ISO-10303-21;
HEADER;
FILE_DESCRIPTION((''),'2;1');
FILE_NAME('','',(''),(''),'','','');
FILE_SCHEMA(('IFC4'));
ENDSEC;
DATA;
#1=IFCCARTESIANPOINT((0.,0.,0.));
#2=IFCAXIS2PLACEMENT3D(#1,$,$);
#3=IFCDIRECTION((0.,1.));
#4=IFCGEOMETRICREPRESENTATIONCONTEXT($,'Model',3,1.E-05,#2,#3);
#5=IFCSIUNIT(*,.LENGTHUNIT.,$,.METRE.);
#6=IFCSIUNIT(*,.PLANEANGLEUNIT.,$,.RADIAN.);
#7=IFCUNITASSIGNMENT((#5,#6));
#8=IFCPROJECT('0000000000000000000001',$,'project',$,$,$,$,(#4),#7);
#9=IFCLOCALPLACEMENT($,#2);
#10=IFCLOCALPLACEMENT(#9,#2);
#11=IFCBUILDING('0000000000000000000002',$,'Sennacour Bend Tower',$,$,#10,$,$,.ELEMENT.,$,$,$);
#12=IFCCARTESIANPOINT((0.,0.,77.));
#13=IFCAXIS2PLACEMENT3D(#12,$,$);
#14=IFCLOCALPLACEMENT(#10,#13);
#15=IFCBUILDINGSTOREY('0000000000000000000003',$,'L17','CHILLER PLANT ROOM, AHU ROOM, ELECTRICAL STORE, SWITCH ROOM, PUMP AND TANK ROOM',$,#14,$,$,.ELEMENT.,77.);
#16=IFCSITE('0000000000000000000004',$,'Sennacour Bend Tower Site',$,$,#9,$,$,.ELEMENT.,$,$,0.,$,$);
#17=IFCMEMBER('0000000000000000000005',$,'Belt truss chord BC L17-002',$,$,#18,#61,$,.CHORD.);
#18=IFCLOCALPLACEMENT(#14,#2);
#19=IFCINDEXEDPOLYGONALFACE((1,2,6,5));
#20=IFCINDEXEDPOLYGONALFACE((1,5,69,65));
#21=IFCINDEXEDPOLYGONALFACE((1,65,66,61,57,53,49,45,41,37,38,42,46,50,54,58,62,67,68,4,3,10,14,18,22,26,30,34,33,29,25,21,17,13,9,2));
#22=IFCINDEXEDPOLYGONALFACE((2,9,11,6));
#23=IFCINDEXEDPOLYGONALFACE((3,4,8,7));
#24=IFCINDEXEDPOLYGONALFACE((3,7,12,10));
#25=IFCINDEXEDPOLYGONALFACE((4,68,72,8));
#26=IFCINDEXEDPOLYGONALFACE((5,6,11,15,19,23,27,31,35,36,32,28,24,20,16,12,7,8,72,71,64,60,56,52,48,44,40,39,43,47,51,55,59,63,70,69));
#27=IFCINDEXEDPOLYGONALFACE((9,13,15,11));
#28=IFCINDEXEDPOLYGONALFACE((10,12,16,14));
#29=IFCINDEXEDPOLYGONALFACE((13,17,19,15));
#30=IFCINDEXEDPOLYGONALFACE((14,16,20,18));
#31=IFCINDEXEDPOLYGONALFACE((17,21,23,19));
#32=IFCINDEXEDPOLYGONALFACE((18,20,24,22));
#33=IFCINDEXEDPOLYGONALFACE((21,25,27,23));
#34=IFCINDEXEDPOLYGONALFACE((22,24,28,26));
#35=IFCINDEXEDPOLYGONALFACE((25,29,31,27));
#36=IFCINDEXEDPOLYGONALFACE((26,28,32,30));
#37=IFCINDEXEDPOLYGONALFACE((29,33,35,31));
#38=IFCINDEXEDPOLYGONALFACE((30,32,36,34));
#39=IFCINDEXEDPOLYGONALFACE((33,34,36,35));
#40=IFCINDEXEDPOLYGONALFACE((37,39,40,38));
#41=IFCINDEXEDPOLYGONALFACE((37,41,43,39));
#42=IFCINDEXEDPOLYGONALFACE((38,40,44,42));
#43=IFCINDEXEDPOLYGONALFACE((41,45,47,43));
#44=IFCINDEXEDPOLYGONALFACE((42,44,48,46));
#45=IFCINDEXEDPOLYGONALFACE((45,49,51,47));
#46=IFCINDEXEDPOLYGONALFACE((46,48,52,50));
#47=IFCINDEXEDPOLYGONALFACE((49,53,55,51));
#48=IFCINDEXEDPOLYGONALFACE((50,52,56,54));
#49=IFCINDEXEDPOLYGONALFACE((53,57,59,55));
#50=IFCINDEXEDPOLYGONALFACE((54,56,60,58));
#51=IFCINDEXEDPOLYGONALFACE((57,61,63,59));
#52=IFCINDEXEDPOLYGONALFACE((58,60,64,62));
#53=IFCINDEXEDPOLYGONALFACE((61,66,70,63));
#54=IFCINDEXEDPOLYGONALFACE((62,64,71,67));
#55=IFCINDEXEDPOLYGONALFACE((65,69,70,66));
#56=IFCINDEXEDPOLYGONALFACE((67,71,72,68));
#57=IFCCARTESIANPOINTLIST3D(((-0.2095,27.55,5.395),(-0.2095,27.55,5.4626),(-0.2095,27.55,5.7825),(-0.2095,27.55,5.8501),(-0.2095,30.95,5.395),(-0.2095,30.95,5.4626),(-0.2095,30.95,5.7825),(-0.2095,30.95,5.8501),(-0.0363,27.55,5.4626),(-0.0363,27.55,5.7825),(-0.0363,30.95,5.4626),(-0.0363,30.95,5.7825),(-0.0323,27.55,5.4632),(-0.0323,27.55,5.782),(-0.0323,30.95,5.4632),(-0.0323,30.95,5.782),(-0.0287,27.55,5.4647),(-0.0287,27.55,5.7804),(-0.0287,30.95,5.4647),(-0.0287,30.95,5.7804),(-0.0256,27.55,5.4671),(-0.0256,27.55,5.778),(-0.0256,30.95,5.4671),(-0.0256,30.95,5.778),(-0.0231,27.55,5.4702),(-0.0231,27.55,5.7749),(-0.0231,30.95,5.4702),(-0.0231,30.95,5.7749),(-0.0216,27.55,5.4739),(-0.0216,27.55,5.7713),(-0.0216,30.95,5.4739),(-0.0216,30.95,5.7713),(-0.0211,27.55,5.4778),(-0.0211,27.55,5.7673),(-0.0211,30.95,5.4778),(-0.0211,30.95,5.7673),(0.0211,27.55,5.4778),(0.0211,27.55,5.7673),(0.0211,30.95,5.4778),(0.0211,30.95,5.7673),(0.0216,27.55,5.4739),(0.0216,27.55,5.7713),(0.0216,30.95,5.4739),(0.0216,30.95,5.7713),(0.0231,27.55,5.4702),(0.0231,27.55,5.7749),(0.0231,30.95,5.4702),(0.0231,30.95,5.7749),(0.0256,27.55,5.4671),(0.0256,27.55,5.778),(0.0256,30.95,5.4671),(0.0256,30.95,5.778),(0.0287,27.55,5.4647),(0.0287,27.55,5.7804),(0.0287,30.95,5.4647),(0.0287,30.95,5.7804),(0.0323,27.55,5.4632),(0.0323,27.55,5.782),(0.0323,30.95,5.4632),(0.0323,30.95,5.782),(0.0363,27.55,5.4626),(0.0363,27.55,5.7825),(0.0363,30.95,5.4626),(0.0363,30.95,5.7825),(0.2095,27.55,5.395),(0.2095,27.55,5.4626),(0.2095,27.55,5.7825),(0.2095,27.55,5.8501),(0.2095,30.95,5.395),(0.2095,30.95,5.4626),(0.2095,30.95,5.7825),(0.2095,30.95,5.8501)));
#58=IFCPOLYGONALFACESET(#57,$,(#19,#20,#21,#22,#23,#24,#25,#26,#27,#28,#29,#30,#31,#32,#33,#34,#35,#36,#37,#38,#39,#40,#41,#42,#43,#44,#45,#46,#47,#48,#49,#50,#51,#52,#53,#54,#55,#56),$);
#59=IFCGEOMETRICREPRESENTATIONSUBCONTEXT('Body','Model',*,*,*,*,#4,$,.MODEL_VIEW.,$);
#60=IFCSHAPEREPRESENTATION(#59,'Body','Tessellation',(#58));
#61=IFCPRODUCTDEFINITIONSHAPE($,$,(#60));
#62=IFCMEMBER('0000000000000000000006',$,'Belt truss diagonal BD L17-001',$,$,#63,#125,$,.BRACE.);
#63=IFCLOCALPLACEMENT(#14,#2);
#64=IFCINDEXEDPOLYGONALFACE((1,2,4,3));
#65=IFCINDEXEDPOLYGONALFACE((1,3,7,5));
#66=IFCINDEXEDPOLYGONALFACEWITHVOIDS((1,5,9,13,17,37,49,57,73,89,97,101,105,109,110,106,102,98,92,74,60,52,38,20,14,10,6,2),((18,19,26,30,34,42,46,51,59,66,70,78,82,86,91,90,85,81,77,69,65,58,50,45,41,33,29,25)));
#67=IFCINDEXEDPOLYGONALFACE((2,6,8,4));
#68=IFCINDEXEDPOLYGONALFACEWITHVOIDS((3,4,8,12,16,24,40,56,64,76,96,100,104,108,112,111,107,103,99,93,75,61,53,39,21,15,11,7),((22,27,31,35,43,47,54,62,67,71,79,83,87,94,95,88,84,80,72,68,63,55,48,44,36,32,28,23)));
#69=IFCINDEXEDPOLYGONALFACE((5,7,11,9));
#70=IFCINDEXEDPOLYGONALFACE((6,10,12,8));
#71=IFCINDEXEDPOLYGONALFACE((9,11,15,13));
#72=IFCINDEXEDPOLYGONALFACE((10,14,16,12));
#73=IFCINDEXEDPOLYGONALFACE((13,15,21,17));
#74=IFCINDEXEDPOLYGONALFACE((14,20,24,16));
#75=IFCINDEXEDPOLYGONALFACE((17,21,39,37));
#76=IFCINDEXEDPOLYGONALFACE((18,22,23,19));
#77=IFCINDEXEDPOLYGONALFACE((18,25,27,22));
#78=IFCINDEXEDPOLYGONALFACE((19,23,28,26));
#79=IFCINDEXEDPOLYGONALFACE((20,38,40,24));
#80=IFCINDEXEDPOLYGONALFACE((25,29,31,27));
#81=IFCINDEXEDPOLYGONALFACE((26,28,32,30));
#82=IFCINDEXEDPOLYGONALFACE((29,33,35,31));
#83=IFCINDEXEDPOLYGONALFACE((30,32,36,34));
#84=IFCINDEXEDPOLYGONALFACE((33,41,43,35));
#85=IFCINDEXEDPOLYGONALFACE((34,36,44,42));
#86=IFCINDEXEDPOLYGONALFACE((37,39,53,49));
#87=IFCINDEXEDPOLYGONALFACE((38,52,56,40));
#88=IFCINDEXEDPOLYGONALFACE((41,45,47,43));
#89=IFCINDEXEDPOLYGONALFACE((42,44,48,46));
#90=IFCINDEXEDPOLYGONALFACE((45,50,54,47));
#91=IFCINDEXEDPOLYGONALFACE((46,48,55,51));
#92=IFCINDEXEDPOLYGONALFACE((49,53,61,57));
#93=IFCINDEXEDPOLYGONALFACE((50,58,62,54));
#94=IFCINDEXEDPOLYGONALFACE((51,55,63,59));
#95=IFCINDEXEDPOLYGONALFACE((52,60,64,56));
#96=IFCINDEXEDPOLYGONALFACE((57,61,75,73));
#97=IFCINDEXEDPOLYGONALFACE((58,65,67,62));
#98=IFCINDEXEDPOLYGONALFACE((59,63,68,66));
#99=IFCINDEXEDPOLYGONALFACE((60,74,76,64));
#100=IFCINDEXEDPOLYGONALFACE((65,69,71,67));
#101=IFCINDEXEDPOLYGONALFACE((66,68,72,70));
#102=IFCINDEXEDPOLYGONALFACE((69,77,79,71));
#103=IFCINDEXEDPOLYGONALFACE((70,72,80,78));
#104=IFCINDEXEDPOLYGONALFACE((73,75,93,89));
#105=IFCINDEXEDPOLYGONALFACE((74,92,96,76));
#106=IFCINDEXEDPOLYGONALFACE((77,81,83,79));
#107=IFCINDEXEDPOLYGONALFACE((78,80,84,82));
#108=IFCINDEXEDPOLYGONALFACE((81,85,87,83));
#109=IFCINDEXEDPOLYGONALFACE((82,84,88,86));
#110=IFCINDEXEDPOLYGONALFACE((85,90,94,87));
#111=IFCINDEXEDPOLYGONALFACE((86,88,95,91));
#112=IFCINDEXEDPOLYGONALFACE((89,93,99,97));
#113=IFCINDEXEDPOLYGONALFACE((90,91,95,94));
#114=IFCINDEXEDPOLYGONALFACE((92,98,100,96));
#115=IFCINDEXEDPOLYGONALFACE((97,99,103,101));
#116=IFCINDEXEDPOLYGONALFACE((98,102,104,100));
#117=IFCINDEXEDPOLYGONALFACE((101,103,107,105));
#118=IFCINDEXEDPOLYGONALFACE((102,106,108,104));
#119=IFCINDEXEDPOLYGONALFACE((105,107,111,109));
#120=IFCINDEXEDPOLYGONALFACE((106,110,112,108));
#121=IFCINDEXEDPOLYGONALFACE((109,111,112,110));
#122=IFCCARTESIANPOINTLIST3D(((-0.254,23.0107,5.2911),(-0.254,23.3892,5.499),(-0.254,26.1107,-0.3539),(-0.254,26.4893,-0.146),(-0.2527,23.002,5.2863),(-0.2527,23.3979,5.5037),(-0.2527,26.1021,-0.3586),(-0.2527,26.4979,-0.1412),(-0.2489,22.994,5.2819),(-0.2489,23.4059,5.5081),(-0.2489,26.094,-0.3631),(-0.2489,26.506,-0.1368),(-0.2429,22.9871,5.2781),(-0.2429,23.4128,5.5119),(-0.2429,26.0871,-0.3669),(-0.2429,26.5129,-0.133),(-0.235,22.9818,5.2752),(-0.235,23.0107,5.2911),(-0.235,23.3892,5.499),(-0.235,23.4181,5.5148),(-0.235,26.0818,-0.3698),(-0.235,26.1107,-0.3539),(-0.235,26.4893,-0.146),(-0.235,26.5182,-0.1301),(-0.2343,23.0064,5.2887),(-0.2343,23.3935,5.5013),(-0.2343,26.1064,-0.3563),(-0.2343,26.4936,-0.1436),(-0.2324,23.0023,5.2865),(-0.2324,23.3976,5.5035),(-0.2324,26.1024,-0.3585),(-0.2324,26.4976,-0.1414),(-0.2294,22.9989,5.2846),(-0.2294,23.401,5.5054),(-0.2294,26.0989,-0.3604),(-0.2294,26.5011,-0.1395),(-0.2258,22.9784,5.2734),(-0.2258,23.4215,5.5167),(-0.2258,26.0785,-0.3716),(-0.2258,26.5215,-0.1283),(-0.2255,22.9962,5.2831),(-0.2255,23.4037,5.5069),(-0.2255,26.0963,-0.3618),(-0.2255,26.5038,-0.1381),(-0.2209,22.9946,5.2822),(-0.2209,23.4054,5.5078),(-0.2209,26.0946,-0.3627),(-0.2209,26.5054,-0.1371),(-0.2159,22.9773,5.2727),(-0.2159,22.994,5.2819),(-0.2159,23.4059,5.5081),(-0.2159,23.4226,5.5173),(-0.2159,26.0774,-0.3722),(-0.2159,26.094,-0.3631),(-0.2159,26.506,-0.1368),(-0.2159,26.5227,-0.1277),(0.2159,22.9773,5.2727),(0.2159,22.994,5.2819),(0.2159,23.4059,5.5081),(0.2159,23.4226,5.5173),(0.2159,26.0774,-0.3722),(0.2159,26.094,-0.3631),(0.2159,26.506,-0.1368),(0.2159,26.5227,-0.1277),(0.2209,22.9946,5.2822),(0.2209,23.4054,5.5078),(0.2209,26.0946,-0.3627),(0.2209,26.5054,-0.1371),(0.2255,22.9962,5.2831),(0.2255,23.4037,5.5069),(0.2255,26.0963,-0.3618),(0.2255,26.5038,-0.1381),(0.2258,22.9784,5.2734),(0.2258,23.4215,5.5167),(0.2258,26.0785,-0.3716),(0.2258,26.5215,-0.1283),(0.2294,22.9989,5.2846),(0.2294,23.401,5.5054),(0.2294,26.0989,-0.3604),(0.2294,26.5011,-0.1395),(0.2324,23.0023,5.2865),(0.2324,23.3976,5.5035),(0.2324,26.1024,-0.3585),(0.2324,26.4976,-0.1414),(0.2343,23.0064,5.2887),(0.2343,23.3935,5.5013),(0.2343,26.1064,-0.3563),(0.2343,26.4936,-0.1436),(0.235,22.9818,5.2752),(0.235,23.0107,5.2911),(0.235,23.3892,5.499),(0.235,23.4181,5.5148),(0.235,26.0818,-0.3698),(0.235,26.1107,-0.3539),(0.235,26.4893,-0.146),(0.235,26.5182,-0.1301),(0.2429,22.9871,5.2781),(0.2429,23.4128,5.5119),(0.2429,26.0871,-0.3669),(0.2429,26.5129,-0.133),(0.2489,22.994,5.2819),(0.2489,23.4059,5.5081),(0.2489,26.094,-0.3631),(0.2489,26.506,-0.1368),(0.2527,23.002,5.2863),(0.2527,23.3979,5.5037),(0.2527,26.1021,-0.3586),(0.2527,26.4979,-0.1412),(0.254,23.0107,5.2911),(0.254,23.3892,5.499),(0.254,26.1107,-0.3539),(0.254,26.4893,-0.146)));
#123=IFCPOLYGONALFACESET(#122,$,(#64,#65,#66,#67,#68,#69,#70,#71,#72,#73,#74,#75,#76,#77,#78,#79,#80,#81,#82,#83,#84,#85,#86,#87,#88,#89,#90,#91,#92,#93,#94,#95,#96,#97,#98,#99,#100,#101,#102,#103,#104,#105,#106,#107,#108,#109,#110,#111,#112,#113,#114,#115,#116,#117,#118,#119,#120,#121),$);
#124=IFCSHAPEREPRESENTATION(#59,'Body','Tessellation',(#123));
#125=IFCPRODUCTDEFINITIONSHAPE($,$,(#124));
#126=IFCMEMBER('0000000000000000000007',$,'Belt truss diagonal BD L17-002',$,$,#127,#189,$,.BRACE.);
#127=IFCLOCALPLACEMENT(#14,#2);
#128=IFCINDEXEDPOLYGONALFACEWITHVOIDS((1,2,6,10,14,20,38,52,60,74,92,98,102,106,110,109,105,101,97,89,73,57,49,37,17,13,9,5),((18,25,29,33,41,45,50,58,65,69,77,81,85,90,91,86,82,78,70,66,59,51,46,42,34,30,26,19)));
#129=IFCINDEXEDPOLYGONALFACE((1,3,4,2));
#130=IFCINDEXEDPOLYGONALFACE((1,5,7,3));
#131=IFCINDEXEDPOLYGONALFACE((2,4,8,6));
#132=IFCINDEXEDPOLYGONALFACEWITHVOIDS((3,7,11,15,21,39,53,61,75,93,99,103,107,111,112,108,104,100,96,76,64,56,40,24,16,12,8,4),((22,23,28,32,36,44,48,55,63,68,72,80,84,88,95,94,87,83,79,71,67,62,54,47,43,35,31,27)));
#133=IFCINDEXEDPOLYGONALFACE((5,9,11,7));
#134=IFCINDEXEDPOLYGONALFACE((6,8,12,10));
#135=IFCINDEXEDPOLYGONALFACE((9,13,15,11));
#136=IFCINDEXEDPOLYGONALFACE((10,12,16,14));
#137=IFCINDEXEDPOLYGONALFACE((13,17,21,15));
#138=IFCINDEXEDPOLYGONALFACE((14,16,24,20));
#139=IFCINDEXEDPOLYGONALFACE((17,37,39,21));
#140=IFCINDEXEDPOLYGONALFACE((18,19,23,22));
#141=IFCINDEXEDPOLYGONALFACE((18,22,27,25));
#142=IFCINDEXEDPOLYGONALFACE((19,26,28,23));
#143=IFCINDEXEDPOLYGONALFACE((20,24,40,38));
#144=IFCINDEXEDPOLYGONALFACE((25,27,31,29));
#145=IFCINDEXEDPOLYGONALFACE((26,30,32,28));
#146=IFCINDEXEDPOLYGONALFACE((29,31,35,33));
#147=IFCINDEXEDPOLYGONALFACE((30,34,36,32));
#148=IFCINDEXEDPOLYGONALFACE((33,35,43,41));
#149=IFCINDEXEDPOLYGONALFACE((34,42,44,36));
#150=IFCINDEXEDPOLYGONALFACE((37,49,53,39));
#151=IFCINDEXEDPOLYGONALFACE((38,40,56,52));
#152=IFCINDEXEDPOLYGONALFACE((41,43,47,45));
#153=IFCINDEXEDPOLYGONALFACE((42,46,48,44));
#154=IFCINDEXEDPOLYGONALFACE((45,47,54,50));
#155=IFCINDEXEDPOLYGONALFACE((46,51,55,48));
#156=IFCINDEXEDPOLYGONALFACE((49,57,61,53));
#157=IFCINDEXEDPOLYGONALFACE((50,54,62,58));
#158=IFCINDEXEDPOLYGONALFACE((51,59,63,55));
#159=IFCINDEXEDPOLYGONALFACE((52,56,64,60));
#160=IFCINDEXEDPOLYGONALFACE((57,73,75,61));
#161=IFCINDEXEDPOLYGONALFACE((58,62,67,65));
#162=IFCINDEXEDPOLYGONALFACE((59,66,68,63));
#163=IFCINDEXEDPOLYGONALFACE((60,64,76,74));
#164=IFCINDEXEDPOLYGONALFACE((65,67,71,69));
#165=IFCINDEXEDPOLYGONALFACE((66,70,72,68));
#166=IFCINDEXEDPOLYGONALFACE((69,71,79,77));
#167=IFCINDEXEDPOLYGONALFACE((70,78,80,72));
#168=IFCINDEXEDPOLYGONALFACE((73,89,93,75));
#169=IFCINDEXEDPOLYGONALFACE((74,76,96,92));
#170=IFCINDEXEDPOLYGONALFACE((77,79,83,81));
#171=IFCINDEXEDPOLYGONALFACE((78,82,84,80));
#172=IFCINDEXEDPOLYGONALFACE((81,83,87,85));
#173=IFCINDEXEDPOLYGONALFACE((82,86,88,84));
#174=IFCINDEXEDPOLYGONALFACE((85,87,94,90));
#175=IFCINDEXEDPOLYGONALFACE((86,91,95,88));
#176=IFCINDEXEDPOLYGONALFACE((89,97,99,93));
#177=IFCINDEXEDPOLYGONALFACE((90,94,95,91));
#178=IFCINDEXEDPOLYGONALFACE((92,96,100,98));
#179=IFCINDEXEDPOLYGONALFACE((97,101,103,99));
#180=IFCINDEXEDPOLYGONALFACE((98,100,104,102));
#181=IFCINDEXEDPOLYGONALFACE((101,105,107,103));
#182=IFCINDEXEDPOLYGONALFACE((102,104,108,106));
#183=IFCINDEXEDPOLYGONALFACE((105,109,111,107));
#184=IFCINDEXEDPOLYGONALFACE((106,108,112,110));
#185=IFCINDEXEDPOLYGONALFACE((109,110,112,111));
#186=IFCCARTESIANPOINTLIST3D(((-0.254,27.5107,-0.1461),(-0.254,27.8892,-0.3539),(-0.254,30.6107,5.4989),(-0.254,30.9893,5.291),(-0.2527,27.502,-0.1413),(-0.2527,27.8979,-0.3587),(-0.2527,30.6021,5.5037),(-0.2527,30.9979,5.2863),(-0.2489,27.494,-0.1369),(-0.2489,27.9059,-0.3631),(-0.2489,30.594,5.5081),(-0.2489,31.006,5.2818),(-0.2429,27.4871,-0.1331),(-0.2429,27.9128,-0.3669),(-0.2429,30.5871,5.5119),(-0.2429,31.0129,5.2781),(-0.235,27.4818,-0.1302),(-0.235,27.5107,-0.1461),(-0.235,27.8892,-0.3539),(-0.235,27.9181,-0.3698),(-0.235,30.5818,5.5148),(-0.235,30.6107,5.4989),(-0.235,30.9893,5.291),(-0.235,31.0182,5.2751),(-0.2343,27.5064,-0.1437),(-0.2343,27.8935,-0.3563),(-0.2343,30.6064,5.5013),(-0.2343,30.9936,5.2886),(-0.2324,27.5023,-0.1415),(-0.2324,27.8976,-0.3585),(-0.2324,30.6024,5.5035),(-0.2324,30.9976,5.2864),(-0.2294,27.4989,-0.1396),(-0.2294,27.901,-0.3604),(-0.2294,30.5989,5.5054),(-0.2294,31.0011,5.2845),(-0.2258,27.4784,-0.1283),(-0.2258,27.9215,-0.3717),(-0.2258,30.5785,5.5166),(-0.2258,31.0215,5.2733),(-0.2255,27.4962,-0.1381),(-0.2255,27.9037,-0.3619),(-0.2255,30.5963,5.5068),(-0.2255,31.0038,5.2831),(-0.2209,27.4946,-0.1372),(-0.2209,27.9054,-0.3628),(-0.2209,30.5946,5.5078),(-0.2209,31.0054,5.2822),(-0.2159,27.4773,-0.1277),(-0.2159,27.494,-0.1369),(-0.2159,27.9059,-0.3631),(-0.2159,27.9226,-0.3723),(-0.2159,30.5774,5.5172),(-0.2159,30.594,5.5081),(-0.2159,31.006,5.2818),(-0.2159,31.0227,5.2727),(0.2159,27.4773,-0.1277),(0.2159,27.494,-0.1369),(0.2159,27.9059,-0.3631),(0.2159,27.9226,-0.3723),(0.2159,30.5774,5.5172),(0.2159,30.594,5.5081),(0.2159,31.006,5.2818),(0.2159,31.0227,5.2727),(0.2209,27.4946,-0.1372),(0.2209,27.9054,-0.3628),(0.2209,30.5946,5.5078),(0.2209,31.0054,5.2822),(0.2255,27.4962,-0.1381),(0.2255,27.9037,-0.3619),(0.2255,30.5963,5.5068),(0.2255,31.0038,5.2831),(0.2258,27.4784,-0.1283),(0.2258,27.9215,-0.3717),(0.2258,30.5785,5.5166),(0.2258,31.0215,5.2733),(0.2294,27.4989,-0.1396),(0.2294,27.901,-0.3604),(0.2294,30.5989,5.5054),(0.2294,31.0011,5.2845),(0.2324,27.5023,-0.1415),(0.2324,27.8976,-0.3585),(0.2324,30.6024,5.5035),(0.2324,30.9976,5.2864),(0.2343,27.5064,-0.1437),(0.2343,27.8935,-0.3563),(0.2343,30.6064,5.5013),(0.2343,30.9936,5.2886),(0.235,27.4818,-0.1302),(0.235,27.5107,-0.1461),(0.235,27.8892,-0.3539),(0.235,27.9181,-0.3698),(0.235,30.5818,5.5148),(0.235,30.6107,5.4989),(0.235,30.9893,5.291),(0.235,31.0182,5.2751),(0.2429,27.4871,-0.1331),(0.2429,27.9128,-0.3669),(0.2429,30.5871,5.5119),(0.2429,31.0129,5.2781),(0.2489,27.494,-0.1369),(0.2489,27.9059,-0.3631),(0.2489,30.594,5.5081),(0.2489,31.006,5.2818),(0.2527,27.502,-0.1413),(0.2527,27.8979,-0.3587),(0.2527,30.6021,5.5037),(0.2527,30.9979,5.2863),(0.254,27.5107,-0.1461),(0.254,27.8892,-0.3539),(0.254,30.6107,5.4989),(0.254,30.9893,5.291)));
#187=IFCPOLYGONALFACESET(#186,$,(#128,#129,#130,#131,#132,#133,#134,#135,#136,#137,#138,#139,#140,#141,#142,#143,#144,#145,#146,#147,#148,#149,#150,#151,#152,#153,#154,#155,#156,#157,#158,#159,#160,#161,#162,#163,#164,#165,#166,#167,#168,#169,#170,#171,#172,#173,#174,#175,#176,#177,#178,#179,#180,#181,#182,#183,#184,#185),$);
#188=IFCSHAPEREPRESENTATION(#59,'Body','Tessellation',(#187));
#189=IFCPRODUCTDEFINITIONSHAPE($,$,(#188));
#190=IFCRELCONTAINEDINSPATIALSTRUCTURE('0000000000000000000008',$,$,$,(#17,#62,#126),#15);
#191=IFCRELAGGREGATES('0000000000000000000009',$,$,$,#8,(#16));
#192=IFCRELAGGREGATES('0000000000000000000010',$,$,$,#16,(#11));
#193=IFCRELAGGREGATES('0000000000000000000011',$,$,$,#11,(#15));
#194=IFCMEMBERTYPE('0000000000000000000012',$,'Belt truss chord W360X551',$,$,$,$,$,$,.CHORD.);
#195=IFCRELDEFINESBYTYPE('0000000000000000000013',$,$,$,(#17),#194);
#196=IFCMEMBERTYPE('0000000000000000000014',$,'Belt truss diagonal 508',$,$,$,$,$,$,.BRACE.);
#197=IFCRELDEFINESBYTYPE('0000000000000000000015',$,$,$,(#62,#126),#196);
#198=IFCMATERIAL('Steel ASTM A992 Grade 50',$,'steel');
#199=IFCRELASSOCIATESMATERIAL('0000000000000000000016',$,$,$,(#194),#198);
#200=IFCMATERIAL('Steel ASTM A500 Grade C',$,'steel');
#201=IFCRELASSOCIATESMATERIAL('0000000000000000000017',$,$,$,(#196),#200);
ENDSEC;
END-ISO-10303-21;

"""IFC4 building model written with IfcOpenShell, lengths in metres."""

from ifc_helpers import new_model, si_unit, direction, frame, origin, origin_2d, place, context, subcontext, project, spatial, hollow_rectangle, i_section, extrude, material, material_profile, profile_set, type_object, element, save


model = new_model("IFC4")

# Units and contexts
model_context = context("Model", 3, precision=1e-05, world=origin(), true_north=direction((0.0, 1.0)))
body_context = subcontext(model_context, "Body", "Model", "MODEL_VIEW")
ifc_project = project(units=[si_unit("LENGTHUNIT", "METRE"), si_unit("PLANEANGLEUNIT", "RADIAN")], contexts=[model_context])

# Site, building, storey
site_placement = place(None, origin())
site = spatial("IfcSite", under=ifc_project, at=site_placement, Name="Sennacour Bend Tower Site", CompositionType="ELEMENT", RefElevation=0.0)
building_placement = place(site_placement, origin())
building = spatial("IfcBuilding", under=site, at=building_placement, Name="Sennacour Bend Tower", CompositionType="ELEMENT")
storey_placement = place(building_placement, frame((0.0, 0.0, 77.0)))
storey = spatial("IfcBuildingStorey", under=building, at=storey_placement, Name="L17", Description="CHILLER PLANT ROOM, AHU ROOM, ELECTRICAL STORE, SWITCH ROOM, PUMP AND TANK ROOM", CompositionType="ELEMENT", Elevation=77.0)

# Members
ifc_material_1 = material(Name="Steel ASTM A992 Grade 50", Category="steel")
ifc_material_profile_1 = material_profile(ifc_material_1, i_section(OverallWidth=0.4189, OverallDepth=0.4551, WebThickness=0.0422, FlangeThickness=0.0676, FilletRadius=0.0151, at=origin_2d()), Name="Steel ASTM A992 Grade 50", Category="steel")
ifc_profile_set_1 = profile_set([ifc_material_profile_1], Name="Steel ASTM A992 Grade 50")
member_type_1 = type_object("IfcMemberType", Name="Belt truss chord W360X551", PredefinedType="CHORD", material=ifc_profile_set_1)
for number, where, z_axis, x_axis, name in (
    (1, (0.0, 27.55, 5.6226), (0.0, 1.0, 0.0), (-1.0, 0.0, 0.0), "Belt truss chord BC L17-002"),
):
    element("IfcMember", number, at=place(storey_placement, frame(where, z_axis=z_axis, x_axis=x_axis)), inside=storey, type_object=member_type_1, Name=name, PredefinedType="CHORD", context=body_context, shape_type="SweptSolid", body=[
        extrude(i_section(OverallWidth=0.4189, OverallDepth=0.4551, WebThickness=0.0422, FlangeThickness=0.0676, FilletRadius=0.0151, at=origin_2d()), origin(), (0.0, 0.0, 1.0), 3.3999),
    ])
ifc_material_2 = material(Name="Steel ASTM A500 Grade C", Category="steel")
ifc_material_profile_2 = material_profile(ifc_material_2, hollow_rectangle(XDim=0.5081, YDim=0.5081, WallThickness=0.019, InnerFilletRadius=0.019, OuterFilletRadius=0.0381, at=origin_2d()), Name="Steel ASTM A500 Grade C", Category="steel")
ifc_profile_set_2 = profile_set([ifc_material_profile_2], Name="Steel ASTM A500 Grade C")
member_type_2 = type_object("IfcMemberType", Name="Belt truss diagonal 508", PredefinedType="BRACE", material=ifc_profile_set_2)
for number, where, z_axis, x_axis, name in (
    (2, (0.0, 23.2, 5.395), (0.0, 0.481363, -0.876521), (-1.0, 0.0, 0.0), "Belt truss diagonal BD L17-001"),
    (3, (0.0, 27.7, -0.25), (0.0, 0.481363, 0.876521), (-1.0, 0.0, 0.0), "Belt truss diagonal BD L17-002"),
):
    element("IfcMember", number, at=place(storey_placement, frame(where, z_axis=z_axis, x_axis=x_axis)), inside=storey, type_object=member_type_2, Name=name, PredefinedType="BRACE", context=body_context, shape_type="SweptSolid", body=[
        extrude(hollow_rectangle(XDim=0.5081, YDim=0.5081, WallThickness=0.019, InnerFilletRadius=0.019, OuterFilletRadius=0.0381, at=origin_2d()), origin(), (0.0, 0.0, 1.0), 6.4402),
    ])

save(model, "model.ifc")
